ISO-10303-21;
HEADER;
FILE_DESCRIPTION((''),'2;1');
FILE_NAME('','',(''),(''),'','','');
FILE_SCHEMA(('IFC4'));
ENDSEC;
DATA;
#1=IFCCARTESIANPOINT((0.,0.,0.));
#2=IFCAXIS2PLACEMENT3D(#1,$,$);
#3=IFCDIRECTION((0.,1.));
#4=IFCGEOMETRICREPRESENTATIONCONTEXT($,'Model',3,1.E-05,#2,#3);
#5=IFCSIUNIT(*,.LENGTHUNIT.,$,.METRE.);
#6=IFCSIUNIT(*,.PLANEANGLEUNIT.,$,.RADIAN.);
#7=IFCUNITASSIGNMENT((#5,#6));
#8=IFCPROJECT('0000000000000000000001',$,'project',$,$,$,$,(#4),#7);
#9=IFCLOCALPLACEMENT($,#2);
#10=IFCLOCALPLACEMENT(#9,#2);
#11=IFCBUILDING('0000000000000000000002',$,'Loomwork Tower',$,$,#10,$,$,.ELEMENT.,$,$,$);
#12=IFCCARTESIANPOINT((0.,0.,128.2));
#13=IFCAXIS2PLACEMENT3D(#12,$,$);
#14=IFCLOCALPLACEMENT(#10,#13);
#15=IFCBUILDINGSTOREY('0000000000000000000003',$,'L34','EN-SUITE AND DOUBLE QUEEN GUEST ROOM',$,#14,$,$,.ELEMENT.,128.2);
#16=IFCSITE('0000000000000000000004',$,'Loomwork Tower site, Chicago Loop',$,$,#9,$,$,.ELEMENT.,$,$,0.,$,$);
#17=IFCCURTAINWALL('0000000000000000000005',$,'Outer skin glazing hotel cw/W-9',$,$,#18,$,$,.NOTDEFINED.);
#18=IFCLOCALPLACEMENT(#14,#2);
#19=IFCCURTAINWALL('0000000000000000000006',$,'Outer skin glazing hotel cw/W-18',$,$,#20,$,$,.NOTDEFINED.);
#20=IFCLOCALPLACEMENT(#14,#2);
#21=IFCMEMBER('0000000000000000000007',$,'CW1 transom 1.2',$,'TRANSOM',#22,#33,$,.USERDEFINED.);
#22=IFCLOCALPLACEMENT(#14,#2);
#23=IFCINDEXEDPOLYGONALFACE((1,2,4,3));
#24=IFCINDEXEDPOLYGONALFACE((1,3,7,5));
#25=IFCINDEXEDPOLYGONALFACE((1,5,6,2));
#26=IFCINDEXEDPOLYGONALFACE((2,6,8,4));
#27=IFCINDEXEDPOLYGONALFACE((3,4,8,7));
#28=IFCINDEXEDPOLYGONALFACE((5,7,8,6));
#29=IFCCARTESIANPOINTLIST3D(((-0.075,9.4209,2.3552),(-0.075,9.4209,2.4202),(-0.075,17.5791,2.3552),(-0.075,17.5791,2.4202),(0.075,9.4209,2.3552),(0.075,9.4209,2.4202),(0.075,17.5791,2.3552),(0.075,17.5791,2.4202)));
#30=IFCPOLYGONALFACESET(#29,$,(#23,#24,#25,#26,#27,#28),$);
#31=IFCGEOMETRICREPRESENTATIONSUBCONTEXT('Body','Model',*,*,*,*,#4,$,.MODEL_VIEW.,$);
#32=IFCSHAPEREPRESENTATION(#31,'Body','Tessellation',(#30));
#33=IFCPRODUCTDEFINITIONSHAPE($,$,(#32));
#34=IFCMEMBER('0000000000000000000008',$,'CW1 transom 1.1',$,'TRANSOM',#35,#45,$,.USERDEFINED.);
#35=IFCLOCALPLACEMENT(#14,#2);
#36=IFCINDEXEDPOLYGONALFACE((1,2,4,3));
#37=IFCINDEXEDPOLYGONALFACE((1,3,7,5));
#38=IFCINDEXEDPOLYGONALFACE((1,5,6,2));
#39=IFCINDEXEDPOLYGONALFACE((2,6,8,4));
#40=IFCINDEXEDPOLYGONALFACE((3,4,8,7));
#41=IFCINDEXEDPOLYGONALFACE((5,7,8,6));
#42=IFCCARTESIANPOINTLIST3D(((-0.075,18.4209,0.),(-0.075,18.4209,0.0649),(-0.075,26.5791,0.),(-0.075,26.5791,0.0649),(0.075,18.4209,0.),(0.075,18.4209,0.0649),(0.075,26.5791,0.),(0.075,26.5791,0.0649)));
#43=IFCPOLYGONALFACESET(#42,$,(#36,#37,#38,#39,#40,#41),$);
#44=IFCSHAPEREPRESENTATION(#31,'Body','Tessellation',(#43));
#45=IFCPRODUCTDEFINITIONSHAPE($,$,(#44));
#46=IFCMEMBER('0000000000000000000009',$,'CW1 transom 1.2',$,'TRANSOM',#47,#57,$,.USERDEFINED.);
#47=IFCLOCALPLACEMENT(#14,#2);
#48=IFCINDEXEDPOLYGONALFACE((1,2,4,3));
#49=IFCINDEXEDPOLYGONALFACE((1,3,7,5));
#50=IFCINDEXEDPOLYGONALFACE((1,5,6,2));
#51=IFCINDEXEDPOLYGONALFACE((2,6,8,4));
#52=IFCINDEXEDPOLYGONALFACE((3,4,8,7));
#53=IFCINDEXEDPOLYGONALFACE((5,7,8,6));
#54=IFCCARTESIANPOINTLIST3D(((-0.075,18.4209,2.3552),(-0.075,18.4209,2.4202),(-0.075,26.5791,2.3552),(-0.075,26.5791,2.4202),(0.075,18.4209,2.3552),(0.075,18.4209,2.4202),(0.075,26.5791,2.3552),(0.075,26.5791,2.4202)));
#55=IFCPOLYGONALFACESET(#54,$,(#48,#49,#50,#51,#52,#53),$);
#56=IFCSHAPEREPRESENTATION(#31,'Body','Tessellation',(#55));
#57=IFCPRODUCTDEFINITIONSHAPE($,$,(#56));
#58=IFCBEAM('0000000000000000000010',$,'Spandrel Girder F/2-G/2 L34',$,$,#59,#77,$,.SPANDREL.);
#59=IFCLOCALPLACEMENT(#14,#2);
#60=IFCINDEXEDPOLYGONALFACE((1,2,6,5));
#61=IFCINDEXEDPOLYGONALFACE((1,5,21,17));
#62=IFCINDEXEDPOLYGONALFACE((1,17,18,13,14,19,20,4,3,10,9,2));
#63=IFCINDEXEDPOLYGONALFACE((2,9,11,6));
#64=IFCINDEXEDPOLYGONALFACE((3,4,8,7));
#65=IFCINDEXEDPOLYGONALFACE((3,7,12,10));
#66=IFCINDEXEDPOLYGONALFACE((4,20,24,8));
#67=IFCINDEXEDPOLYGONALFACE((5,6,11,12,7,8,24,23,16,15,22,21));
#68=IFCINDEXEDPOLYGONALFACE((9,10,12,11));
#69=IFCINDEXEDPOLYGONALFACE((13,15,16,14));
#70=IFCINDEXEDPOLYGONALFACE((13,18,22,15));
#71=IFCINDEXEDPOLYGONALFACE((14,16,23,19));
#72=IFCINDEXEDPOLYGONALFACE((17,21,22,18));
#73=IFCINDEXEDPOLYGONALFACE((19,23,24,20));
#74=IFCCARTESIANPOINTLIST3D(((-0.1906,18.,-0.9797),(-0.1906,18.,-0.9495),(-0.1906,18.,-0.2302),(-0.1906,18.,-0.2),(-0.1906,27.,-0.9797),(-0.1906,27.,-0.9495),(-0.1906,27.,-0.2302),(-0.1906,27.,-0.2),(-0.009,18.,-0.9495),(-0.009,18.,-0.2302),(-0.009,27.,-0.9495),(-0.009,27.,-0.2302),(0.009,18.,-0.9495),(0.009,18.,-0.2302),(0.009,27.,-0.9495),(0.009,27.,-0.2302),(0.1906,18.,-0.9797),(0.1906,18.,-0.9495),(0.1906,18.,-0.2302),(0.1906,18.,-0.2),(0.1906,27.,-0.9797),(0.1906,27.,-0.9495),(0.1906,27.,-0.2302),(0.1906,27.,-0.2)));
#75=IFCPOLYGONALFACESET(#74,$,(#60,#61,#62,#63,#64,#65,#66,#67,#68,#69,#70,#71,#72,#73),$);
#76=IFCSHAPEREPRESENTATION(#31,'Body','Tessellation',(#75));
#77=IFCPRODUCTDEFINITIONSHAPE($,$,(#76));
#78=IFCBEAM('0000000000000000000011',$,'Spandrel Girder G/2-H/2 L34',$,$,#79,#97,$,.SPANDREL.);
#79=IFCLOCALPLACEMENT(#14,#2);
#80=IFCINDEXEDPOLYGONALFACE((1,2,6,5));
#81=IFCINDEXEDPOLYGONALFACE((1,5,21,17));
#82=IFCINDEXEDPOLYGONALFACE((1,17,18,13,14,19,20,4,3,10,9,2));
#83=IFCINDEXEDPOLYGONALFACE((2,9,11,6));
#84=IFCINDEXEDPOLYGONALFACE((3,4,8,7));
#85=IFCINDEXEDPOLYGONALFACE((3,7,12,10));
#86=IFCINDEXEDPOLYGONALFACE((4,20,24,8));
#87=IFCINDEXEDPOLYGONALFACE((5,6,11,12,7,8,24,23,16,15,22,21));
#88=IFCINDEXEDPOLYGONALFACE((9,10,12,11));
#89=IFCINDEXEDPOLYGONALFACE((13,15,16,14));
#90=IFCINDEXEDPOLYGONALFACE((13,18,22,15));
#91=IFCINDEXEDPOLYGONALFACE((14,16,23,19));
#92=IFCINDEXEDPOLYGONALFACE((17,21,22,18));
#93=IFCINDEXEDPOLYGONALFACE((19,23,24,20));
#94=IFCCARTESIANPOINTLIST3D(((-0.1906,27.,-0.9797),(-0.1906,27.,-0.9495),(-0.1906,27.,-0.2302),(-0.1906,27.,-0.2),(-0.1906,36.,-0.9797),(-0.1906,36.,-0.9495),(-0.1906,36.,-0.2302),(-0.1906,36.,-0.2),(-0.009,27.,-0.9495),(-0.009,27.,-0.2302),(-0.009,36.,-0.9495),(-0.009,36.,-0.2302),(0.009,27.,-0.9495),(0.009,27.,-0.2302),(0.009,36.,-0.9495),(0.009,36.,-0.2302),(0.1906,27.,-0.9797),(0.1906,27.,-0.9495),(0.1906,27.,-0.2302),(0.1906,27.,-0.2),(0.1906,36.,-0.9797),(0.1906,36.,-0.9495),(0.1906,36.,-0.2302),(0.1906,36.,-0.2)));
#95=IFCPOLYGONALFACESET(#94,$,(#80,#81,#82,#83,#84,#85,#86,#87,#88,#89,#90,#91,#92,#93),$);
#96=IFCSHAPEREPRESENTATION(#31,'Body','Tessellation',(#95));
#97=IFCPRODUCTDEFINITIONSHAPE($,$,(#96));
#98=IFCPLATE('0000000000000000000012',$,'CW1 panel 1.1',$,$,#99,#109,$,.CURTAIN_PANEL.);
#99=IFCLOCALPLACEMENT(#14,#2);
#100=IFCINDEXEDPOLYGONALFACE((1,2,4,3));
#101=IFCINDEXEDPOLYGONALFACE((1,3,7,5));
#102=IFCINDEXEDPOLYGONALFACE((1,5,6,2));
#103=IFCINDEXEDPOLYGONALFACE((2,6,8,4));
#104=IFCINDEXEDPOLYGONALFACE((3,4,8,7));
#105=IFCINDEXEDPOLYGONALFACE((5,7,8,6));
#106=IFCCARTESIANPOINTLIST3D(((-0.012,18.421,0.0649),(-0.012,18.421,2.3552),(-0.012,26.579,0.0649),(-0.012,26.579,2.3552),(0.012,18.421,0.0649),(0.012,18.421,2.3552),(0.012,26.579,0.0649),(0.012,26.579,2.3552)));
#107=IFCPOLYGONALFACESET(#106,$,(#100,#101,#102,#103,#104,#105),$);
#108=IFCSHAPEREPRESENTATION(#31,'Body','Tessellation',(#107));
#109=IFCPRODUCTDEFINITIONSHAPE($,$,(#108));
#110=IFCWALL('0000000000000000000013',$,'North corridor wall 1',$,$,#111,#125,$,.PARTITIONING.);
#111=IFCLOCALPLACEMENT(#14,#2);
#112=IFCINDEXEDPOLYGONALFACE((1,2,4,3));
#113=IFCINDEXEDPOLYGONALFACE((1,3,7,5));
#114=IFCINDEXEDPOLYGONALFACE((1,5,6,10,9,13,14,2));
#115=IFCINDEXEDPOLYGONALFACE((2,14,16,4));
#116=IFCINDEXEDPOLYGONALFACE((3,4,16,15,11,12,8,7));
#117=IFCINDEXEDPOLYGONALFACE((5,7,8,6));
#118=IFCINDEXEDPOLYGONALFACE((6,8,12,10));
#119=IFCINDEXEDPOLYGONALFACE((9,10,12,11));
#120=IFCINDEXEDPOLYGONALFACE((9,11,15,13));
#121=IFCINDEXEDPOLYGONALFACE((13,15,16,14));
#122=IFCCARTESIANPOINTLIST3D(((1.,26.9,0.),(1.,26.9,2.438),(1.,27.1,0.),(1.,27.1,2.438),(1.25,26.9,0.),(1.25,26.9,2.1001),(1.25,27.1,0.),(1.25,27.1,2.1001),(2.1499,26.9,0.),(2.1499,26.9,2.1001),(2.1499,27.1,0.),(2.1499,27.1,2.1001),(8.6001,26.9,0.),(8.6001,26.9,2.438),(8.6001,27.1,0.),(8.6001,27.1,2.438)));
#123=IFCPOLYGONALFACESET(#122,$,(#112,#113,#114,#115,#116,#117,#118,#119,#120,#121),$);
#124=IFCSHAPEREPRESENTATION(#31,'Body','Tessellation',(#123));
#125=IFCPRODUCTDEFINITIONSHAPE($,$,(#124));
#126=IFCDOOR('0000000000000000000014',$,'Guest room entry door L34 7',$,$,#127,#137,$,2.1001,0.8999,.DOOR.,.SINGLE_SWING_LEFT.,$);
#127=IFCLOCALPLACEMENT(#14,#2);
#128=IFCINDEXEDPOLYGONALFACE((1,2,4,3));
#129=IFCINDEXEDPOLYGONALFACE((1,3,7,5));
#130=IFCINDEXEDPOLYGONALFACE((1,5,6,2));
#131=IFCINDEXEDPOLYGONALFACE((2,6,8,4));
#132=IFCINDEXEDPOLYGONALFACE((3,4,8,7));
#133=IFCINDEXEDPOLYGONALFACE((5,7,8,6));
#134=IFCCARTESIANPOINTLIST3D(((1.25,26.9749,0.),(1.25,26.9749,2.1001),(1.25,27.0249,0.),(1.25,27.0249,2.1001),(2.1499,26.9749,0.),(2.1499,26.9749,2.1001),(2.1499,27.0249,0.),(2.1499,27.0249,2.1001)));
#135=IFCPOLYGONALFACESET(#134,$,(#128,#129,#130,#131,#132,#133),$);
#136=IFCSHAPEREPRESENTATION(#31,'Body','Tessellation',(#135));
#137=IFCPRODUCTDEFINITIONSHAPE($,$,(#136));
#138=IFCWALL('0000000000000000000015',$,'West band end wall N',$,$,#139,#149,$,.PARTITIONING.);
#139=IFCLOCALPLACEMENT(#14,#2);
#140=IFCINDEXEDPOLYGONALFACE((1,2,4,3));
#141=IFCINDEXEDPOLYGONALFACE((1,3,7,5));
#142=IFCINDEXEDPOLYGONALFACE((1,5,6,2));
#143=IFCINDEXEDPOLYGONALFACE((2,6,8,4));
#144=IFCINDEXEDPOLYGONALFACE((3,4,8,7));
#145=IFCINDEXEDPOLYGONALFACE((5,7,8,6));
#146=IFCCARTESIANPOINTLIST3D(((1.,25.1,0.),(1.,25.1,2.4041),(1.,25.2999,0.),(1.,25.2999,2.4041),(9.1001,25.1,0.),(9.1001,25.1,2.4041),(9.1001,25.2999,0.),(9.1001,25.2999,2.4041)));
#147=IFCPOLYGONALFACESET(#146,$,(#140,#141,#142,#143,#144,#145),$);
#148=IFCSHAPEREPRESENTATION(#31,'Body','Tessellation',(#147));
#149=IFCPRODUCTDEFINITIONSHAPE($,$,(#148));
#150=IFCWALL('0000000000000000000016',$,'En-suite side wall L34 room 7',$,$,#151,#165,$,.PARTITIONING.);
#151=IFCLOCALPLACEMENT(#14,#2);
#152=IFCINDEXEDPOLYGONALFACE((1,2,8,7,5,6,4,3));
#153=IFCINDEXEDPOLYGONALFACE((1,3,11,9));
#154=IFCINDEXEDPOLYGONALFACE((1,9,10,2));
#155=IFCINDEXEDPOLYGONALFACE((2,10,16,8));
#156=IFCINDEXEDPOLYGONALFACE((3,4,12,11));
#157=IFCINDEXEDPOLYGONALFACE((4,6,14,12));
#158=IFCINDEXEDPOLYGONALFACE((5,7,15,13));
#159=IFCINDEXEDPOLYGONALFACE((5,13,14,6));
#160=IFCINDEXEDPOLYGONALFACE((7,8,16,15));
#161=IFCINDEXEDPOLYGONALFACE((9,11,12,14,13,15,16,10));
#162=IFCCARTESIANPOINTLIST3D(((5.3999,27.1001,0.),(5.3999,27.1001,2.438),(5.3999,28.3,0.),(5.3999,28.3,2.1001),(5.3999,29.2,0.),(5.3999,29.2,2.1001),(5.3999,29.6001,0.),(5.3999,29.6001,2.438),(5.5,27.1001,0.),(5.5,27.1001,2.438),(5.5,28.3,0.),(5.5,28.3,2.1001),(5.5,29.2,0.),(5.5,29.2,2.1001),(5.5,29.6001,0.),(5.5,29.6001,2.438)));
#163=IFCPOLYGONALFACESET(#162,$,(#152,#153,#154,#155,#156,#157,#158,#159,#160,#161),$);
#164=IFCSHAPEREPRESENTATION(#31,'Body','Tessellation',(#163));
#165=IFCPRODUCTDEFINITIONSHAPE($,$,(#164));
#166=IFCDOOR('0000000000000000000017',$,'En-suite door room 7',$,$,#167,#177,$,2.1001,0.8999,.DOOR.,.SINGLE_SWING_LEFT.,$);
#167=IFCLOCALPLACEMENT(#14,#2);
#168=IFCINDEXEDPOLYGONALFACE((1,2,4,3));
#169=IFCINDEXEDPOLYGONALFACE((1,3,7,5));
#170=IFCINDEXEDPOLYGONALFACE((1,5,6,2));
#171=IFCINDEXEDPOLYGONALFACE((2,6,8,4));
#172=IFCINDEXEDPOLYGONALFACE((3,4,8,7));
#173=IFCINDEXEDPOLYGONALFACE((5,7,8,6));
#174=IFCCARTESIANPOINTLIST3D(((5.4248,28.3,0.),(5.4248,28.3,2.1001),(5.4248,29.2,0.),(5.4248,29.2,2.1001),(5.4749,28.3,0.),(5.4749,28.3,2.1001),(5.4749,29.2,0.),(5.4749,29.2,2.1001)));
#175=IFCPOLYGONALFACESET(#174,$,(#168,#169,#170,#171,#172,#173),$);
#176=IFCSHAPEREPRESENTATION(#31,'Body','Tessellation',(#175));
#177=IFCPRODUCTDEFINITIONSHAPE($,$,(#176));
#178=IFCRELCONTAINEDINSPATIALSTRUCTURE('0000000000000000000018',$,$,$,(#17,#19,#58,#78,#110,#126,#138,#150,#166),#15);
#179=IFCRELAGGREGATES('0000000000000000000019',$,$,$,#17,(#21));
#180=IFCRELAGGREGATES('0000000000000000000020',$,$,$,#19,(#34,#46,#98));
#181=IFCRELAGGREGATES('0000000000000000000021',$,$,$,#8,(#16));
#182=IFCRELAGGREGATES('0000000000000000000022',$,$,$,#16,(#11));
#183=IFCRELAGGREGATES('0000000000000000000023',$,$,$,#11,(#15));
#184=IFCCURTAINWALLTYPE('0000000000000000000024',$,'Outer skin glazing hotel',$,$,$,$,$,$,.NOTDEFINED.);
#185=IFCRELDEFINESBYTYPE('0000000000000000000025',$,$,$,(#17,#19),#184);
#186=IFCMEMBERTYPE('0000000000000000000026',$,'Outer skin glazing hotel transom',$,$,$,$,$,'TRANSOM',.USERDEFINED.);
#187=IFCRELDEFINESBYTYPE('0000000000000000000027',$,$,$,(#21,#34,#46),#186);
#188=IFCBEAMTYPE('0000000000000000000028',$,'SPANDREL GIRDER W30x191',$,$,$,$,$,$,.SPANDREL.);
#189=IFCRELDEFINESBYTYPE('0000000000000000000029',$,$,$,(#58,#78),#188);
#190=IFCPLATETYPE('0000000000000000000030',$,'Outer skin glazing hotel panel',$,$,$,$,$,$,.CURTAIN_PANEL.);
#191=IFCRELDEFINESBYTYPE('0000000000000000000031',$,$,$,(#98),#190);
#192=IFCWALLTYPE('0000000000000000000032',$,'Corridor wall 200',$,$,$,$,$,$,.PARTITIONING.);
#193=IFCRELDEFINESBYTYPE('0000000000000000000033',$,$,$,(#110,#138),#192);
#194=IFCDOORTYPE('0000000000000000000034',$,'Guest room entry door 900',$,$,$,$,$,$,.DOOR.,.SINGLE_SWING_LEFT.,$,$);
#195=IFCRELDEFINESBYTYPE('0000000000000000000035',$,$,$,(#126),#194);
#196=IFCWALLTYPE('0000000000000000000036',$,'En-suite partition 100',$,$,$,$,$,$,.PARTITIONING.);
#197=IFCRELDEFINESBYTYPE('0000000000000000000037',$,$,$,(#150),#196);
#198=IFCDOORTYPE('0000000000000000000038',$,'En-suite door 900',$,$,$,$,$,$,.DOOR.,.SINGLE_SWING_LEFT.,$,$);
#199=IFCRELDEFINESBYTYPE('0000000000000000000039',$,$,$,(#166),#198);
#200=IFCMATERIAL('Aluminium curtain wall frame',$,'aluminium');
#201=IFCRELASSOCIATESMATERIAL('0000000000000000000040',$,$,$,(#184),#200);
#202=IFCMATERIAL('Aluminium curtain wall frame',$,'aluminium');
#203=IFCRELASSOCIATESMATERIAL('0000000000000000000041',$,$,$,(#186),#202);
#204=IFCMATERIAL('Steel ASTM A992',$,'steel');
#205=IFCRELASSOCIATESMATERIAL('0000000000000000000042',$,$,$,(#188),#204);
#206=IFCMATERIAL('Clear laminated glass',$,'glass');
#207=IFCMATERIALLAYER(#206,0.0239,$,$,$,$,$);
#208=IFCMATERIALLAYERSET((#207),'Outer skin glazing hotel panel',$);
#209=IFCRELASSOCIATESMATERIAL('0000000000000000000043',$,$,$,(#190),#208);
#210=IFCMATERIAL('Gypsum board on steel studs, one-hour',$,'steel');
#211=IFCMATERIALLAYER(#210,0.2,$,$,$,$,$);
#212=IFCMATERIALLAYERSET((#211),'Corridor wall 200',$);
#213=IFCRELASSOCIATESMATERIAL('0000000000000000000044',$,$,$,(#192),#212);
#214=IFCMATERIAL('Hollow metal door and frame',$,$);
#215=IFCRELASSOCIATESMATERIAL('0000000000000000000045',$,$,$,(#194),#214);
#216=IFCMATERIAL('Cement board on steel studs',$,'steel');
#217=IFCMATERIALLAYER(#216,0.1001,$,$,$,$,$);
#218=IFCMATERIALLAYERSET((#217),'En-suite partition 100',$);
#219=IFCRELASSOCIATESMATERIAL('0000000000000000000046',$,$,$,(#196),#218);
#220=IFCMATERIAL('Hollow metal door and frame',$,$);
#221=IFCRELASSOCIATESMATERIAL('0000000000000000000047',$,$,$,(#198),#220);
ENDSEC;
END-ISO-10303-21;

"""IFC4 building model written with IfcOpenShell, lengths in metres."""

from ifc_helpers import new_model, si_unit, direction, frame, frame_2d, origin, origin_2d, place, context, subcontext, project, spatial, rectangle, i_section, extrude, material, layer, layer_set, material_profile, profile_set, type_object, element, fill, aggregate, save


model = new_model("IFC4")

# Units and contexts
model_context = context("Model", 3, precision=1e-05, world=origin(), true_north=direction((0.0, 1.0)))
body_context = subcontext(model_context, "Body", "Model", "MODEL_VIEW")
ifc_project = project(units=[si_unit("LENGTHUNIT", "METRE"), si_unit("PLANEANGLEUNIT", "RADIAN")], contexts=[model_context])

# Site, building, storey
site_placement = place(None, origin())
site = spatial("IfcSite", under=ifc_project, at=site_placement, Name="Loomwork Tower site, Chicago Loop", CompositionType="ELEMENT", RefElevation=0.0)
building_placement = place(site_placement, origin())
building = spatial("IfcBuilding", under=site, at=building_placement, Name="Loomwork Tower", CompositionType="ELEMENT")
storey_placement = place(building_placement, frame((0.0, 0.0, 128.2)))
storey = spatial("IfcBuildingStorey", under=building, at=storey_placement, Name="L34", Description="EN-SUITE AND DOUBLE QUEEN GUEST ROOM", CompositionType="ELEMENT", Elevation=128.2)

# Curtain wall
ifc_material_1 = material(Name="Aluminium curtain wall frame", Category="aluminium")
curtain_wall_type = type_object("IfcCurtainWallType", Name="Outer skin glazing hotel", PredefinedType="NOTDEFINED", material=ifc_material_1)
curtain_wall_1_placement = place(storey_placement, origin())
curtain_wall_1 = element("IfcCurtainWall", 1, at=curtain_wall_1_placement, inside=storey, type_object=curtain_wall_type, Name="Outer skin glazing hotel cw/W-9", PredefinedType="NOTDEFINED")

# Curtain wall
curtain_wall_2_placement = place(storey_placement, origin())
curtain_wall_2 = element("IfcCurtainWall", 2, at=curtain_wall_2_placement, inside=storey, type_object=curtain_wall_type, Name="Outer skin glazing hotel cw/W-18", PredefinedType="NOTDEFINED")

# Members
ifc_material_2 = material(Name="Aluminium curtain wall frame", Category="aluminium")
ifc_material_profile_1 = material_profile(ifc_material_2, rectangle(XDim=0.1499, YDim=0.0649, at=origin_2d()), Name="AL 65x150")
ifc_profile_set_1 = profile_set([ifc_material_profile_1], Name="Aluminium curtain wall frame")
member_type_1 = type_object("IfcMemberType", Name="Outer skin glazing hotel transom", ElementType="TRANSOM", PredefinedType="USERDEFINED", material=ifc_profile_set_1)
member_1_placement = place(storey_placement, frame((0.0, 17.5791, 2.3877), z_axis=(0.0, -1.0, 0.0), x_axis=(1.0, 0.0, 0.0)))
member_1 = element("IfcMember", 3, at=member_1_placement, type_object=member_type_1, Name="CW1 transom 1.2", ObjectType="TRANSOM", PredefinedType="USERDEFINED", context=body_context, shape_type="SweptSolid", body=[
    extrude(rectangle(XDim=0.1499, YDim=0.0649, at=origin_2d()), origin(), (0.0, 0.0, 1.0), 8.1582),
])
aggregate(curtain_wall_1, [member_1])
member_2_placement = place(storey_placement, frame((0.0, 26.5791, 0.0325), z_axis=(0.0, -1.0, 0.0), x_axis=(1.0, 0.0, 0.0)))
member_2 = element("IfcMember", 4, at=member_2_placement, type_object=member_type_1, Name="CW1 transom 1.1", ObjectType="TRANSOM", PredefinedType="USERDEFINED", context=body_context, shape_type="SweptSolid", body=[
    extrude(rectangle(XDim=0.1499, YDim=0.0649, at=origin_2d()), origin(), (0.0, 0.0, 1.0), 8.1582),
])
member_3_placement = place(storey_placement, frame((0.0, 26.5791, 2.3877), z_axis=(0.0, -1.0, 0.0), x_axis=(1.0, 0.0, 0.0)))
member_3 = element("IfcMember", 5, at=member_3_placement, type_object=member_type_1, Name="CW1 transom 1.2", ObjectType="TRANSOM", PredefinedType="USERDEFINED", context=body_context, shape_type="SweptSolid", body=[
    extrude(rectangle(XDim=0.1499, YDim=0.0649, at=origin_2d()), origin(), (0.0, 0.0, 1.0), 8.1582),
])

# Beams
ifc_material_3 = material(Name="Steel ASTM A992", Category="steel")
ifc_material_profile_2 = material_profile(ifc_material_3, i_section(OverallWidth=0.3811, OverallDepth=0.7798, WebThickness=0.0181, FlangeThickness=0.0303, at=origin_2d()), Name="W30x191")
ifc_profile_set_2 = profile_set([ifc_material_profile_2], Name="Steel ASTM A992")
beam_type_1 = type_object("IfcBeamType", Name="SPANDREL GIRDER W30x191", PredefinedType="SPANDREL", material=ifc_profile_set_2)
for number, where, z_axis, x_axis, name in (
    (6, (0.0, 18.0, -0.5898), (0.0, 1.0, 0.0), (-1.0, 0.0, 0.0), "Spandrel Girder F/2-G/2 L34"),
    (7, (0.0, 27.0, -0.5898), (0.0, 1.0, 0.0), (-1.0, 0.0, 0.0), "Spandrel Girder G/2-H/2 L34"),
):
    element("IfcBeam", number, at=place(storey_placement, frame(where, z_axis=z_axis, x_axis=x_axis)), inside=storey, type_object=beam_type_1, Name=name, PredefinedType="SPANDREL", context=body_context, shape_type="SweptSolid", body=[
        extrude(i_section(OverallWidth=0.3811, OverallDepth=0.7798, WebThickness=0.0181, FlangeThickness=0.0303, at=origin_2d()), origin(), (0.0, 0.0, 1.0), 9.0),
    ])

# Plate
ifc_material_4 = material(Name="Clear laminated glass", Category="glass")
ifc_layer_1 = layer(ifc_material_4, 0.0239)
ifc_layer_set_1 = layer_set([ifc_layer_1], Name="Outer skin glazing hotel panel")
plate_type = type_object("IfcPlateType", Name="Outer skin glazing hotel panel", PredefinedType="CURTAIN_PANEL", material=ifc_layer_set_1)
plate_placement = place(storey_placement, frame((0.0, 22.5, 0.0649), z_axis=(0.0, 0.0, 1.0), x_axis=(0.0, -1.0, 0.0)))
plate = element("IfcPlate", 8, at=plate_placement, type_object=plate_type, Name="CW1 panel 1.1", PredefinedType="CURTAIN_PANEL", context=body_context, shape_type="SweptSolid", body=[
    extrude(rectangle(XDim=8.158, YDim=0.0239, at=origin_2d()), origin(), (0.0, 0.0, 1.0), 2.2903),
])
aggregate(curtain_wall_2, [member_2, member_3, plate])

# Wall, opening, door
ifc_material_5 = material(Name="Gypsum board on steel studs, one-hour", Category="steel")
ifc_layer_2 = layer(ifc_material_5, 0.2)
ifc_layer_set_2 = layer_set([ifc_layer_2], Name="Corridor wall 200")
wall_type_1 = type_object("IfcWallType", Name="Corridor wall 200", PredefinedType="PARTITIONING", material=ifc_layer_set_2)
wall_1_placement = place(storey_placement, frame((1.0, 27.0, 0.0), z_axis=(0.0, 0.0, 1.0), x_axis=(1.0, 0.0, 0.0)))
wall_1 = element("IfcWall", 9, at=wall_1_placement, inside=storey, type_object=wall_type_1, Name="North corridor wall 1", PredefinedType="PARTITIONING", context=body_context, shape_type="SweptSolid", body=[
    extrude(rectangle(XDim=7.6001, YDim=0.2, at=frame_2d((3.8, 0.0))), origin(), (0.0, 0.0, 1.0), 2.438),
])
opening_1_placement = place(wall_1_placement, frame((0.25, 0.0, 0.0)))
opening_1 = element("IfcOpeningElement", 10, at=opening_1_placement, cuts=wall_1, PredefinedType="OPENING", context=body_context, shape_type="SweptSolid", body=[
    extrude(rectangle(XDim=0.8999, YDim=2.1001, at=frame_2d((0.45, 1.05))), frame((0.0, 0.1099, 0.0), z_axis=(0.0, -1.0, 0.0), x_axis=(1.0, 0.0, 0.0)), (0.0, 0.0, 1.0), 0.22),
])
ifc_material_6 = material(Name="Hollow metal door and frame")
door_type_1 = type_object("IfcDoorType", Name="Guest room entry door 900", OperationType="SINGLE_SWING_LEFT", PredefinedType="DOOR", material=ifc_material_6)
door_1_placement = place(opening_1_placement, origin())
door_1 = element("IfcDoor", 11, at=door_1_placement, inside=storey, type_object=door_type_1, Name="Guest room entry door L34 7", OperationType="SINGLE_SWING_LEFT", OverallHeight=2.1001, OverallWidth=0.8999, PredefinedType="DOOR", context=body_context, shape_type="SweptSolid", body=[
    extrude(rectangle(XDim=0.8999, YDim=2.1001, at=frame_2d((0.45, 1.05))), frame((0.0, 0.0249, 0.0), z_axis=(0.0, -1.0, 0.0), x_axis=(1.0, 0.0, 0.0)), (0.0, 0.0, 1.0), 0.05),
])
fill(opening_1, door_1)

# Wall
wall_2_placement = place(storey_placement, frame((1.0, 25.2, 0.0), z_axis=(0.0, 0.0, 1.0), x_axis=(1.0, 0.0, 0.0)))
element("IfcWall", 12, at=wall_2_placement, inside=storey, type_object=wall_type_1, Name="West band end wall N", PredefinedType="PARTITIONING", context=body_context, shape_type="SweptSolid", body=[
    extrude(rectangle(XDim=8.1001, YDim=0.2, at=frame_2d((4.05, 0.0))), origin(), (0.0, 0.0, 1.0), 2.4041),
])

# Wall, opening, door
ifc_material_7 = material(Name="Cement board on steel studs", Category="steel")
ifc_layer_3 = layer(ifc_material_7, 0.1001)
ifc_layer_set_3 = layer_set([ifc_layer_3], Name="En-suite partition 100")
wall_type_2 = type_object("IfcWallType", Name="En-suite partition 100", PredefinedType="PARTITIONING", material=ifc_layer_set_3)
wall_3_placement = place(storey_placement, frame((5.45, 27.1001, 0.0), z_axis=(0.0, 0.0, 1.0), x_axis=(0.0, 1.0, 0.0)))
wall_3 = element("IfcWall", 13, at=wall_3_placement, inside=storey, type_object=wall_type_2, Name="En-suite side wall L34 room 7", PredefinedType="PARTITIONING", context=body_context, shape_type="SweptSolid", body=[
    extrude(rectangle(XDim=2.5, YDim=0.1001, at=frame_2d((1.25, 0.0))), origin(), (0.0, 0.0, 1.0), 2.438),
])
opening_2_placement = place(wall_3_placement, frame((1.2, 0.0, 0.0)))
opening_2 = element("IfcOpeningElement", 14, at=opening_2_placement, cuts=wall_3, PredefinedType="OPENING", context=body_context, shape_type="SweptSolid", body=[
    extrude(rectangle(XDim=0.8999, YDim=2.1001, at=frame_2d((0.45, 1.05))), frame((0.0, 0.0601, 0.0), z_axis=(0.0, -1.0, 0.0), x_axis=(1.0, 0.0, 0.0)), (0.0, 0.0, 1.0), 0.1201),
])
ifc_material_8 = material(Name="Hollow metal door and frame")
door_type_2 = type_object("IfcDoorType", Name="En-suite door 900", OperationType="SINGLE_SWING_LEFT", PredefinedType="DOOR", material=ifc_material_8)
door_2_placement = place(opening_2_placement, frame((0.8999, 0.0, 0.0), z_axis=(0.0, 0.0, 1.0), x_axis=(-1.0, 0.0, 0.0)))
door_2 = element("IfcDoor", 15, at=door_2_placement, inside=storey, type_object=door_type_2, Name="En-suite door room 7", OperationType="SINGLE_SWING_LEFT", OverallHeight=2.1001, OverallWidth=0.8999, PredefinedType="DOOR", context=body_context, shape_type="SweptSolid", body=[
    extrude(rectangle(XDim=0.8999, YDim=2.1001, at=frame_2d((0.45, 1.05))), frame((0.0, 0.0249, 0.0), z_axis=(0.0, -1.0, 0.0), x_axis=(1.0, 0.0, 0.0)), (0.0, 0.0, 1.0), 0.05),
])
fill(opening_2, door_2)

save(model, "model.ifc")
